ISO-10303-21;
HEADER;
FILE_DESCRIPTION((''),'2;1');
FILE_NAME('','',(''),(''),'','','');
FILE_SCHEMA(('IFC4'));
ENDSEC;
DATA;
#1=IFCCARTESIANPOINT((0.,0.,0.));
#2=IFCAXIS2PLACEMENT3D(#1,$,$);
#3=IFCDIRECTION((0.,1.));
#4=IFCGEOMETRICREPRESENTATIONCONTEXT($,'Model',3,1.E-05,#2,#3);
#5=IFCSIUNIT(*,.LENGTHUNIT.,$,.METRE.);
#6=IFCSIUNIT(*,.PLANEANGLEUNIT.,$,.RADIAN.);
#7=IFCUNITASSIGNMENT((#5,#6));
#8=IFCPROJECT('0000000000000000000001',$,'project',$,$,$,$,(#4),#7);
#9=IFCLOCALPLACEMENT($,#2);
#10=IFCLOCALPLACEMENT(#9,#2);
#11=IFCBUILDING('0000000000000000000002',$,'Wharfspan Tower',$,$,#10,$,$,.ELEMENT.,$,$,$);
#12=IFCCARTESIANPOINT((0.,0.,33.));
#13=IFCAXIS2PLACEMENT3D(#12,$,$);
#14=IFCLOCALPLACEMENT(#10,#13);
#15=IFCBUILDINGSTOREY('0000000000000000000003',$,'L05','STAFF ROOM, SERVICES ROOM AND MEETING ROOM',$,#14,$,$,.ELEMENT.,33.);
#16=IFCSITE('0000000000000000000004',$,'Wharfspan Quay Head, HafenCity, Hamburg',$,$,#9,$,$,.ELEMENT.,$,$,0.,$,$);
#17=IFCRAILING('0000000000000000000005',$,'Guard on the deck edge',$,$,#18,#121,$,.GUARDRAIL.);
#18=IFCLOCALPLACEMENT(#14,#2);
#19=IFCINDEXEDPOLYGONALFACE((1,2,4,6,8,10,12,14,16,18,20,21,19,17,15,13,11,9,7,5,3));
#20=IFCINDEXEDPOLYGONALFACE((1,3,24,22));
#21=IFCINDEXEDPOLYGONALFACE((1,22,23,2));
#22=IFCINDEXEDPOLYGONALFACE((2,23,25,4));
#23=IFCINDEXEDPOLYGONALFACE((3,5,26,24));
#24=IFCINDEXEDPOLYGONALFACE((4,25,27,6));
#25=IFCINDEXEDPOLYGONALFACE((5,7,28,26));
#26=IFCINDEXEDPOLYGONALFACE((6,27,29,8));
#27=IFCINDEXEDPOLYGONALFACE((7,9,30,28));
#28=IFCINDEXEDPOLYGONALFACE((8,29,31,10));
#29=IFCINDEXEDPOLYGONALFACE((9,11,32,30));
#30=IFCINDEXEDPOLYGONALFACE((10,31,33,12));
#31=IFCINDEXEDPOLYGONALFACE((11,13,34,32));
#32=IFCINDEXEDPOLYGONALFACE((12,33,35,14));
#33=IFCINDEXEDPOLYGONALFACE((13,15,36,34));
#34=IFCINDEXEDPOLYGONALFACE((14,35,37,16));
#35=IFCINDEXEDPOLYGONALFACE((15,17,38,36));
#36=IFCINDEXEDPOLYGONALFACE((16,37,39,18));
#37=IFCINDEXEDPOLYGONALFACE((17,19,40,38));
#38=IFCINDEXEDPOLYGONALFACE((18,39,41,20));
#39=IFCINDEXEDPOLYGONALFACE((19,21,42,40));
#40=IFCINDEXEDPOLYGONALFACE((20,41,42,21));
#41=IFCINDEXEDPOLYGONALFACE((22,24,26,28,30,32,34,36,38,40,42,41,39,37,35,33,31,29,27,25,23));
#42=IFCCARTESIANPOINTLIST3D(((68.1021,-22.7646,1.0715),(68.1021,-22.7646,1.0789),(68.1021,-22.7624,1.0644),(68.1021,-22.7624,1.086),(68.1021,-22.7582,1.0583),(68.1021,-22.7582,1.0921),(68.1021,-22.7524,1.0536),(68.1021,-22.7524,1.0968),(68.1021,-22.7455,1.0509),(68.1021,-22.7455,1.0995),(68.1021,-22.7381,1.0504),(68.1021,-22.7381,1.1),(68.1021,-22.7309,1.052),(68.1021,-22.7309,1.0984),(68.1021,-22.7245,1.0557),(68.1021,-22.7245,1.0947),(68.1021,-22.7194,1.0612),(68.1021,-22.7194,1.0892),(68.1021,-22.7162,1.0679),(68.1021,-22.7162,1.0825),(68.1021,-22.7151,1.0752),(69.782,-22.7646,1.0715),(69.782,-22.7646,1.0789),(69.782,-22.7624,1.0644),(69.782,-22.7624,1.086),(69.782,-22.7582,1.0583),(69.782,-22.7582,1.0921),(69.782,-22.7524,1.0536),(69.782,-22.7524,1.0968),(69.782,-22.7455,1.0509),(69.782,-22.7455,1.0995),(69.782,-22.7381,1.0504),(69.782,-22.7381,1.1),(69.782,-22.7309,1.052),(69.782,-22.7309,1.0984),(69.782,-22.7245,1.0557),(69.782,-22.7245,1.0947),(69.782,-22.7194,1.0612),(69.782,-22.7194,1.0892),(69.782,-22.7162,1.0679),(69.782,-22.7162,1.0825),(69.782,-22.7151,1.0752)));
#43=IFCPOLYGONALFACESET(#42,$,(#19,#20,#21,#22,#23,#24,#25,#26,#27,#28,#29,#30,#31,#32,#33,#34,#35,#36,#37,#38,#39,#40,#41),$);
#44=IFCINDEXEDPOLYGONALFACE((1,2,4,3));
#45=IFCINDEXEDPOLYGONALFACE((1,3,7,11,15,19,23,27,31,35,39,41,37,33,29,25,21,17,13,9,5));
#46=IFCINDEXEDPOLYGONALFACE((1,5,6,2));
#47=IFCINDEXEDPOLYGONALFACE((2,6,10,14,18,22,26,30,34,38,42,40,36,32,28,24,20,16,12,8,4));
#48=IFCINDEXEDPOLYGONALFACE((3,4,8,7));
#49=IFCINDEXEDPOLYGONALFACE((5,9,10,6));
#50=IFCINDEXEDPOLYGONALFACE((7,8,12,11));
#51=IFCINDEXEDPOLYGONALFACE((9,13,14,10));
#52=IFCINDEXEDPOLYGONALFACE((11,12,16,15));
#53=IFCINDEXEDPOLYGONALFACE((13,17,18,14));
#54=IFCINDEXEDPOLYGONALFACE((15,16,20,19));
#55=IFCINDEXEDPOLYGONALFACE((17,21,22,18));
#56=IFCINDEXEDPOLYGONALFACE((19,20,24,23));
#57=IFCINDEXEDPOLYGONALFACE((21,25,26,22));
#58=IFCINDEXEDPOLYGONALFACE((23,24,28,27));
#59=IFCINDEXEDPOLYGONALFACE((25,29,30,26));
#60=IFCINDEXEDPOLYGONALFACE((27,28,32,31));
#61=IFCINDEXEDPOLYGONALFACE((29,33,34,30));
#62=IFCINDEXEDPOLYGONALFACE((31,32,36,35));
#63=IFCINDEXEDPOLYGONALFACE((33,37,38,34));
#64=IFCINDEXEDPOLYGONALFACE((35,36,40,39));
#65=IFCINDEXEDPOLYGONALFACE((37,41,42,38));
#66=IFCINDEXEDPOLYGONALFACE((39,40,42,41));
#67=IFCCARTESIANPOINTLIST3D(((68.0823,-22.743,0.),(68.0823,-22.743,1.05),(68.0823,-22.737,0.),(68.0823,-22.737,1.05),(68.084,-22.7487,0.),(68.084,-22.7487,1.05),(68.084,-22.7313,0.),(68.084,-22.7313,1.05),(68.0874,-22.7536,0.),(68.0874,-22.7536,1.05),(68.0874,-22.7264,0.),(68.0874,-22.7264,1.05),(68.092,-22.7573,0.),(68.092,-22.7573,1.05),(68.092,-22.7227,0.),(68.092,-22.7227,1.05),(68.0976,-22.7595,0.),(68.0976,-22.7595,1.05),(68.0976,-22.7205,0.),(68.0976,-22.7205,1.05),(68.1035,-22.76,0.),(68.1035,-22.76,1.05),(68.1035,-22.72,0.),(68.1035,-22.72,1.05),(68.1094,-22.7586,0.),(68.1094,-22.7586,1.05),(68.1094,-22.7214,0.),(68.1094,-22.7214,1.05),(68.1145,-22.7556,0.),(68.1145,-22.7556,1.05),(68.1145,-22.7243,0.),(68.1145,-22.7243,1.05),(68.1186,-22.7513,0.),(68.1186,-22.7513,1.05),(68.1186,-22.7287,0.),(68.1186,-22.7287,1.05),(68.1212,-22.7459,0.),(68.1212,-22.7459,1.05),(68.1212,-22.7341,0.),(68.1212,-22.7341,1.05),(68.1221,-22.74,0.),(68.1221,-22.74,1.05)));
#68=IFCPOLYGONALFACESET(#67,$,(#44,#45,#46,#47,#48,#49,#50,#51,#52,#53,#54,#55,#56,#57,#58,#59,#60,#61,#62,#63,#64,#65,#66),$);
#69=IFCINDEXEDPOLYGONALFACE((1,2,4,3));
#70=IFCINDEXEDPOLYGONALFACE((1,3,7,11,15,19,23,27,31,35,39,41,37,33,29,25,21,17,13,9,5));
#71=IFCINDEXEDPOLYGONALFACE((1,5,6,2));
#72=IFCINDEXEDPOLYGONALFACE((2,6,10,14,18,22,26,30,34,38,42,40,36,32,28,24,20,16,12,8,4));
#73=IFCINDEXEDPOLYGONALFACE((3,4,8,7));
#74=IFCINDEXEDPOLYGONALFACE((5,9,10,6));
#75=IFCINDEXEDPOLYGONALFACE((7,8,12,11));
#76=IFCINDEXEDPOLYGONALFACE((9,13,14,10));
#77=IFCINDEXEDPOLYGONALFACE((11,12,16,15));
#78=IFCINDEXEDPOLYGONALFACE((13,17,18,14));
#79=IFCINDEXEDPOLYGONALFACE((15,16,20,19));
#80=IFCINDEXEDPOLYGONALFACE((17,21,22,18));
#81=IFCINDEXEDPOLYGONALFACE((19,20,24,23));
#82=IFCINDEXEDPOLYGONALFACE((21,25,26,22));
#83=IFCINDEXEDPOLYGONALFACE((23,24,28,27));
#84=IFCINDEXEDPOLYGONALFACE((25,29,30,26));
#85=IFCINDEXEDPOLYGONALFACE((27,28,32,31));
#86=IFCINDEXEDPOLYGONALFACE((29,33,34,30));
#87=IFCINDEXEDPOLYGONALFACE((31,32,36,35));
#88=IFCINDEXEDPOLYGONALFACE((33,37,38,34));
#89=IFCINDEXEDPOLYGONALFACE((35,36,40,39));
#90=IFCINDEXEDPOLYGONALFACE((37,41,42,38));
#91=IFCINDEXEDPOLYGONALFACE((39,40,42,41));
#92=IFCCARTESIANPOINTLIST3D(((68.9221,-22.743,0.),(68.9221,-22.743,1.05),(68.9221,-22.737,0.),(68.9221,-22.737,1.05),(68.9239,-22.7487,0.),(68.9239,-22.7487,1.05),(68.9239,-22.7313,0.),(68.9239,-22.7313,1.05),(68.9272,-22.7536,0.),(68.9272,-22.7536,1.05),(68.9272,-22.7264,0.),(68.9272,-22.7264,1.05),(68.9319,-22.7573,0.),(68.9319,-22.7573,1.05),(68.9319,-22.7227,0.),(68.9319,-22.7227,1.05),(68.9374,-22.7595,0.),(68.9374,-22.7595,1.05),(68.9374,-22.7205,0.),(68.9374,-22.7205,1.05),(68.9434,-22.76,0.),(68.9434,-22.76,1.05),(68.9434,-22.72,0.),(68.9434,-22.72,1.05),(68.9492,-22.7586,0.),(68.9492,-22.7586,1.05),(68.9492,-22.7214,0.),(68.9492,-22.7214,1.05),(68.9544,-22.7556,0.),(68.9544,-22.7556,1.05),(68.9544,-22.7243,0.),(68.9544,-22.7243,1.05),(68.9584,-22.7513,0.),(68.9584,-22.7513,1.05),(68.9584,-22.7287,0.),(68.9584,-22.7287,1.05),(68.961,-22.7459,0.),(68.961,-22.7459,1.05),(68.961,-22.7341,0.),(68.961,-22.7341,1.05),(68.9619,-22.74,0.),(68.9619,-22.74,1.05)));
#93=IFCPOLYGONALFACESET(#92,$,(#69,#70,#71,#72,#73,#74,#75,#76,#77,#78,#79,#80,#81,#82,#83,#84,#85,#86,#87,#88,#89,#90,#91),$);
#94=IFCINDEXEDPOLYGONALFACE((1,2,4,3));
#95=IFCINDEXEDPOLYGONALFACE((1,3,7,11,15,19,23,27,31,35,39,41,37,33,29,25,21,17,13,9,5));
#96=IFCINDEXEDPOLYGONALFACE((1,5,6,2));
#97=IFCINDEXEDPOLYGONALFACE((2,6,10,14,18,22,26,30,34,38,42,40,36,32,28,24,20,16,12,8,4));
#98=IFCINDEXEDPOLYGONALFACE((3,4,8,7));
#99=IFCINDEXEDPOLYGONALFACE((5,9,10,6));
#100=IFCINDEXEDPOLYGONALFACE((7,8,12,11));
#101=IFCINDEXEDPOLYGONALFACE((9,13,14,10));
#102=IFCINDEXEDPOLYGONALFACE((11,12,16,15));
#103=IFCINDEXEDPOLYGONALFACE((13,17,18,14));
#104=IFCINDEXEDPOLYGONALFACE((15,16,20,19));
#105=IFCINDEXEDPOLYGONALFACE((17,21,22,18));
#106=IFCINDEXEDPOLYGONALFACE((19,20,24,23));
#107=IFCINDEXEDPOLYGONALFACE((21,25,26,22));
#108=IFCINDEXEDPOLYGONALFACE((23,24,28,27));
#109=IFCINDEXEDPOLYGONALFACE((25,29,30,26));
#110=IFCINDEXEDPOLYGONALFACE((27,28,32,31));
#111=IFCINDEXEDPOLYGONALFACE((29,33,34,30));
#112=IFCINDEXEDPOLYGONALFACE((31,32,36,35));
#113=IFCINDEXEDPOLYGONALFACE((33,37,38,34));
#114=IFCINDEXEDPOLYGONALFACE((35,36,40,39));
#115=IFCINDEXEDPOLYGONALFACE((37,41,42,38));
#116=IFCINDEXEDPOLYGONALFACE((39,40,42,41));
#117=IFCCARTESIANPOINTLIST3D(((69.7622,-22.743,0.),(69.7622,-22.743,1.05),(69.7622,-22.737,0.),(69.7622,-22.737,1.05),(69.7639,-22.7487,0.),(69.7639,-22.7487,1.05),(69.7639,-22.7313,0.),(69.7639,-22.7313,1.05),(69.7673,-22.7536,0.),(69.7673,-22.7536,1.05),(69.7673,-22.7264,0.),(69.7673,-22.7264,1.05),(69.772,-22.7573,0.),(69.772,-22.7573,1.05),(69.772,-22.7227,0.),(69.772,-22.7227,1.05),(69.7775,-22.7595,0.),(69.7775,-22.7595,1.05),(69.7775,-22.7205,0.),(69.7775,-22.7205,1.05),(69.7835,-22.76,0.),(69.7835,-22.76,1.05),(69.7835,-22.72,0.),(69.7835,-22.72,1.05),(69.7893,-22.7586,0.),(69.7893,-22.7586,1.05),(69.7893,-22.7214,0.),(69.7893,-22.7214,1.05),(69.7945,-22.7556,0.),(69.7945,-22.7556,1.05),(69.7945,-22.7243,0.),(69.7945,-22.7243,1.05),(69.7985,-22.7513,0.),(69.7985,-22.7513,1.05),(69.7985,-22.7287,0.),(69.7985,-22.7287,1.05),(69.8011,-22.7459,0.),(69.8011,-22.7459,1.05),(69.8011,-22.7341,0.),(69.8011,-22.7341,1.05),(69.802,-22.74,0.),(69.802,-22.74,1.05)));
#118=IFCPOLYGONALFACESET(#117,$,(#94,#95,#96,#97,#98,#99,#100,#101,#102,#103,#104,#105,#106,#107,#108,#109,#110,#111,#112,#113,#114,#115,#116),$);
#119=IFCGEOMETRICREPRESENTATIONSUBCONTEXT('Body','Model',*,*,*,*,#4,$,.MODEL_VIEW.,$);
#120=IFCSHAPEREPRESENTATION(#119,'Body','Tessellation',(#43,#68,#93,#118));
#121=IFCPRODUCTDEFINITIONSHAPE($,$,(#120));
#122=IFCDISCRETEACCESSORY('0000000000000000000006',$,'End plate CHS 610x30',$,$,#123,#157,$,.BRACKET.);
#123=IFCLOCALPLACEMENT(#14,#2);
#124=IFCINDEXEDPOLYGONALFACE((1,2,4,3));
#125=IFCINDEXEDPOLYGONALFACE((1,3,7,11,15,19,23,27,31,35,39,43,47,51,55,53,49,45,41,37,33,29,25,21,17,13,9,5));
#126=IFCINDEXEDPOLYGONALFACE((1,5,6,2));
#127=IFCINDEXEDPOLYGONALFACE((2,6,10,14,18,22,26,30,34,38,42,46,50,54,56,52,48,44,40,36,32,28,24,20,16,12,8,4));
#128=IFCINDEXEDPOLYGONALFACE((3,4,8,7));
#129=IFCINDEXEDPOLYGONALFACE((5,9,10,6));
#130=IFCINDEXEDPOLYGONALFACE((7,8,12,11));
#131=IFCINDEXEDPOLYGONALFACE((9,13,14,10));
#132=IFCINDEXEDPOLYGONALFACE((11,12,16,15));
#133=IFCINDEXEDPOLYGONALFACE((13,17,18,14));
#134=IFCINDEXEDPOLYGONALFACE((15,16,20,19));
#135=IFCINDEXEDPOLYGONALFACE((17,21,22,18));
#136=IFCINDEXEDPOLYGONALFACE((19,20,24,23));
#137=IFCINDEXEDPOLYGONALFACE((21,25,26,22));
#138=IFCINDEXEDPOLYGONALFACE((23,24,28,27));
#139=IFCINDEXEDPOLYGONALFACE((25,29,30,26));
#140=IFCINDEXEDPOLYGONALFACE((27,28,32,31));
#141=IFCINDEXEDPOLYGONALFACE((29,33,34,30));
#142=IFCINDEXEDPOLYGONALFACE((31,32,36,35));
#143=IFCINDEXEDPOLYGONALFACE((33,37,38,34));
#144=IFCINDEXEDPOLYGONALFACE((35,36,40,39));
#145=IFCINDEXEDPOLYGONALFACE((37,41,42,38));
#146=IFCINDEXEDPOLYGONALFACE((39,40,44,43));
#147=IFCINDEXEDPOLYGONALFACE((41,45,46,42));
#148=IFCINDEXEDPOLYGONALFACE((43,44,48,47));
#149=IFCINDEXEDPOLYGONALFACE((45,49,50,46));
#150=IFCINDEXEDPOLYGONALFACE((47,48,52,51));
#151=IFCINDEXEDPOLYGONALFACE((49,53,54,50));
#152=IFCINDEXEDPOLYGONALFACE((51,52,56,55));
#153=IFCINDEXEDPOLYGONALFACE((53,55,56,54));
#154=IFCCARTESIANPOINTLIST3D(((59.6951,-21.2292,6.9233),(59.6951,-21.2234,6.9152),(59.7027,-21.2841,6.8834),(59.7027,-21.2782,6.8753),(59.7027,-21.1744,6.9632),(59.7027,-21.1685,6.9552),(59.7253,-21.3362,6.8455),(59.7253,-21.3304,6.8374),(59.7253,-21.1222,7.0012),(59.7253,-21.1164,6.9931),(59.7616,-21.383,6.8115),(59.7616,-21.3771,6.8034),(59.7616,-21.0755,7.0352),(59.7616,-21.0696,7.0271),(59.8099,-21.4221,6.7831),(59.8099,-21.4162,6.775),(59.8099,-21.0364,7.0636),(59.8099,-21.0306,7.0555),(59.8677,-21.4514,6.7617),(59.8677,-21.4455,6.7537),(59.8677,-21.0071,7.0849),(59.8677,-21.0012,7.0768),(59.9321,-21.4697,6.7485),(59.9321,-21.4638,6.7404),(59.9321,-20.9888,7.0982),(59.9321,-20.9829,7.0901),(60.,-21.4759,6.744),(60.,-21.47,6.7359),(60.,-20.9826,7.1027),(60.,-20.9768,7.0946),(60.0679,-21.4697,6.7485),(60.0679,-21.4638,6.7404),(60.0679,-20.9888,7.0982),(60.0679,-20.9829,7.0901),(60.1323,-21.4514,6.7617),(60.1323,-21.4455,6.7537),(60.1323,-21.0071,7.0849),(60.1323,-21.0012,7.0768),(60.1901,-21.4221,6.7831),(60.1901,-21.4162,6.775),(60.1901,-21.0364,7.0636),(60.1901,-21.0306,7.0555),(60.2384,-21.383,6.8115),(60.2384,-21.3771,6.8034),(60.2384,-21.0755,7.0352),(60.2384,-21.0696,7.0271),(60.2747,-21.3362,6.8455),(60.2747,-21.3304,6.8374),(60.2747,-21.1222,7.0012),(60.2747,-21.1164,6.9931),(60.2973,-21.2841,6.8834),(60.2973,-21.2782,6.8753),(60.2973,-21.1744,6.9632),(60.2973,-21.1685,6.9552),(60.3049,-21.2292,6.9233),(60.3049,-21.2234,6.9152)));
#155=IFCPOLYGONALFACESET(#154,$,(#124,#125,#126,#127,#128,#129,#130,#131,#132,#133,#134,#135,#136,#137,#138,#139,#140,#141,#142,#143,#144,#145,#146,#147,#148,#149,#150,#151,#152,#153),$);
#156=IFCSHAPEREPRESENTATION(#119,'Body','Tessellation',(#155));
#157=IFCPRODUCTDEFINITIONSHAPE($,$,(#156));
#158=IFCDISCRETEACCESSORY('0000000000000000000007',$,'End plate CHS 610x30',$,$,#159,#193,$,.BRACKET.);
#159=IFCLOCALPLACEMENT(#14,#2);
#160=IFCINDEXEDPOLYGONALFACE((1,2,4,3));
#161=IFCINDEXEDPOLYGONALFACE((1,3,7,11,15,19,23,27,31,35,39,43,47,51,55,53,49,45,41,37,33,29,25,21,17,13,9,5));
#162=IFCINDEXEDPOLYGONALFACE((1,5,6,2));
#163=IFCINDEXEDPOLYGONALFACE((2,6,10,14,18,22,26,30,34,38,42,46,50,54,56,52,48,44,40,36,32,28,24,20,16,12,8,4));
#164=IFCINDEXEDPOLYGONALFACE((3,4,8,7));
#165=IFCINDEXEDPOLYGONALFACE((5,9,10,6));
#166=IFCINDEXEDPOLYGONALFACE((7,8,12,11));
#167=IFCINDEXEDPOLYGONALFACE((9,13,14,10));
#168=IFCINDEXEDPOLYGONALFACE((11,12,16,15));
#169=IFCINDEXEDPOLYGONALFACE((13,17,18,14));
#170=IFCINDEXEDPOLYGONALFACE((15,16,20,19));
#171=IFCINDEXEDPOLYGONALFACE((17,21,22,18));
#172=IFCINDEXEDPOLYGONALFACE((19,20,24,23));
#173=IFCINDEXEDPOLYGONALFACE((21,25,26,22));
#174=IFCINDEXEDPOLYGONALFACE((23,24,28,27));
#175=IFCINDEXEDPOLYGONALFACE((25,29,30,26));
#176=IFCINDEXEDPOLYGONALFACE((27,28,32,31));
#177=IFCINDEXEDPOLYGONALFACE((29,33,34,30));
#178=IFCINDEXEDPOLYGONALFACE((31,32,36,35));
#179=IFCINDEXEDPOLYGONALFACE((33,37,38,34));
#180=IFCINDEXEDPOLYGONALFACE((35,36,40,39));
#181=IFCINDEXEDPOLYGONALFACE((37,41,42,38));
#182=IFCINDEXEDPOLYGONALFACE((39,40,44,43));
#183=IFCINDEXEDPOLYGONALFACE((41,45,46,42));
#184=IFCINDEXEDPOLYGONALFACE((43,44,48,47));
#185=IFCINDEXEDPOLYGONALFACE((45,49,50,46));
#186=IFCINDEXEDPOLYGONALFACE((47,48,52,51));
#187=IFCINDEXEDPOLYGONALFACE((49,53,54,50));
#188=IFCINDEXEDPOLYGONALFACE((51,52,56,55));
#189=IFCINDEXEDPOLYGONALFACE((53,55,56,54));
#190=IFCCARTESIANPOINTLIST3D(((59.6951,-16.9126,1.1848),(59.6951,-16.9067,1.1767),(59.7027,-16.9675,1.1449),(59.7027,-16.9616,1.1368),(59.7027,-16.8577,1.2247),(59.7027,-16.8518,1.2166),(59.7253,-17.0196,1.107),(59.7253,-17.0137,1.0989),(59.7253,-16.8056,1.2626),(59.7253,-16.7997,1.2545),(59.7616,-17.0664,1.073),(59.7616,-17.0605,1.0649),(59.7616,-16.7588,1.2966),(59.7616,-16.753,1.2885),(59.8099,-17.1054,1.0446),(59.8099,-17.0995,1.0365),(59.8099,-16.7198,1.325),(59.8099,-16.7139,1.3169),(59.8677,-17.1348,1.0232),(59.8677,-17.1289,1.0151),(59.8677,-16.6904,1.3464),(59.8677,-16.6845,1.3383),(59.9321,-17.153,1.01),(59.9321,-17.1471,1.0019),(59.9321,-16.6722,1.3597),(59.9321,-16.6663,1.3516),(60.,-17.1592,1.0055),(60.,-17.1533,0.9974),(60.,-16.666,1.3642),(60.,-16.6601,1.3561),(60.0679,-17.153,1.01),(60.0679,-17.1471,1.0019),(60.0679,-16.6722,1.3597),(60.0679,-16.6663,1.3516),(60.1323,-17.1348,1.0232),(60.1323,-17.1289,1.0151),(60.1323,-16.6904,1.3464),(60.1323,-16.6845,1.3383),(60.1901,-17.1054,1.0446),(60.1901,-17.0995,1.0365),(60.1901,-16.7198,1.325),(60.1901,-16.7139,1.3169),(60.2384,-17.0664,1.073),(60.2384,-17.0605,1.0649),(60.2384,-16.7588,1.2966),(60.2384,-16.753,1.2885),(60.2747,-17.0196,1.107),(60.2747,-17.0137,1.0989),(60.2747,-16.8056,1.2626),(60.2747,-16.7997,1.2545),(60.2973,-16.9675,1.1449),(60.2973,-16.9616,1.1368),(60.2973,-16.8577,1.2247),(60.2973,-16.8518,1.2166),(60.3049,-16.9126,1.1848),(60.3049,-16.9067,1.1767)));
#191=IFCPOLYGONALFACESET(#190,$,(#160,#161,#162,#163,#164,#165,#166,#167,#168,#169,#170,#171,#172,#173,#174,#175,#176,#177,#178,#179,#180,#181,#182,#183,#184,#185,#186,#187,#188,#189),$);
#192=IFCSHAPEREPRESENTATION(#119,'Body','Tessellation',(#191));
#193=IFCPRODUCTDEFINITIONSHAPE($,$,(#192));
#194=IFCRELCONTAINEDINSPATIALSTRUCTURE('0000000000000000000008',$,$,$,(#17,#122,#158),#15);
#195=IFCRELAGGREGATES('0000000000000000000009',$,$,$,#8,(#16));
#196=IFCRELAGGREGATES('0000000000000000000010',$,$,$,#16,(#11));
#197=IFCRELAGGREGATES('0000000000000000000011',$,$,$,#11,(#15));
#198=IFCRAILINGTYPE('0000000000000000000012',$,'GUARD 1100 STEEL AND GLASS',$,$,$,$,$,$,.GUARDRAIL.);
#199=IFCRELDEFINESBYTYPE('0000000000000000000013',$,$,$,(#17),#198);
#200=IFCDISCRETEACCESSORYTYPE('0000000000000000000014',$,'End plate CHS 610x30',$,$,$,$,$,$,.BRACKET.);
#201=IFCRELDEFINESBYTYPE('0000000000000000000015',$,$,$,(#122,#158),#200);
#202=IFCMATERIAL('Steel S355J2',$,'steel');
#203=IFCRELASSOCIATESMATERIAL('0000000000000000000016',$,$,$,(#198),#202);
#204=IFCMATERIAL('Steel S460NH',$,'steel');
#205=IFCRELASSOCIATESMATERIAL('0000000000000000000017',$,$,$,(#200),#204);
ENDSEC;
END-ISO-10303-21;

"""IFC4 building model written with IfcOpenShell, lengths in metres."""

from ifc_helpers import new_model, si_unit, direction, frame, origin, origin_2d, place, context, subcontext, project, spatial, circle, extrude, material, material_profile, profile_set, type_object, element, save


model = new_model("IFC4")

# Units and contexts
model_context = context("Model", 3, precision=1e-05, world=origin(), true_north=direction((0.0, 1.0)))
body_context = subcontext(model_context, "Body", "Model", "MODEL_VIEW")
ifc_project = project(units=[si_unit("LENGTHUNIT", "METRE"), si_unit("PLANEANGLEUNIT", "RADIAN")], contexts=[model_context])

# Site, building, storey
site_placement = place(None, origin())
site = spatial("IfcSite", under=ifc_project, at=site_placement, Name="Wharfspan Quay Head, HafenCity, Hamburg", CompositionType="ELEMENT", RefElevation=0.0)
building_placement = place(site_placement, origin())
building = spatial("IfcBuilding", under=site, at=building_placement, Name="Wharfspan Tower", CompositionType="ELEMENT")
storey_placement = place(building_placement, frame((0.0, 0.0, 33.0)))
storey = spatial("IfcBuildingStorey", under=building, at=storey_placement, Name="L05", Description="STAFF ROOM, SERVICES ROOM AND MEETING ROOM", CompositionType="ELEMENT", Elevation=33.0)

# Shared definitions
ifc_material_1 = material(Name="Steel S460NH", Category="steel")

# Railing
ifc_material_2 = material(Name="Steel S355J2", Category="steel")
railing_type = type_object("IfcRailingType", Name="GUARD 1100 STEEL AND GLASS", PredefinedType="GUARDRAIL", material=ifc_material_2)
railing_1_placement = place(storey_placement, frame((68.1021, -22.74, 0.0)))
element("IfcRailing", 1, at=railing_1_placement, inside=storey, type_object=railing_type, Name="Guard on the deck edge", PredefinedType="GUARDRAIL", context=body_context, shape_type="SweptSolid", body=[
    extrude(circle(Radius=0.0249, at=origin_2d()), frame((0.0, 0.0, 1.0752), z_axis=(1.0, 0.0, 0.0), x_axis=(0.0, 1.0, 0.0)), (0.0, 0.0, 1.0), 1.6799),
    extrude(circle(Radius=0.02, at=origin_2d()), origin(), (0.0, 0.0, 1.0), 1.05),
    extrude(circle(Radius=0.02, at=origin_2d()), frame((0.8398, 0.0, 0.0)), (0.0, 0.0, 1.0), 1.05),
    extrude(circle(Radius=0.02, at=origin_2d()), frame((1.6799, 0.0, 0.0)), (0.0, 0.0, 1.0), 1.05),
])

# Discrete accessories
ifc_material_profile_1 = material_profile(ifc_material_1, circle(Radius=0.3049, at=origin_2d()))
ifc_profile_set_1 = profile_set([ifc_material_profile_1], Name="Steel S460NH")
discrete_accessory_type = type_object("IfcDiscreteAccessoryType", Name="End plate CHS 610x30", PredefinedType="BRACKET", material=ifc_profile_set_1)
for number, where, z_axis, x_axis, name in (
    (2, (60.0, -21.2292, 6.9233), (0.0, 0.588172, -0.808736), (-1.0, 0.0, 0.0), "End plate CHS 610x30"),
    (3, (60.0, -16.9126, 1.1848), (0.0, 0.588172, -0.808736), (-1.0, 0.0, 0.0), "End plate CHS 610x30"),
):
    element("IfcDiscreteAccessory", number, at=place(storey_placement, frame(where, z_axis=z_axis, x_axis=x_axis)), inside=storey, type_object=discrete_accessory_type, Name=name, PredefinedType="BRACKET", context=body_context, shape_type="SweptSolid", body=[
        extrude(circle(Radius=0.3049, at=origin_2d()), origin(), (0.0, 0.0, 1.0), 0.01),
    ])

save(model, "model.ifc")
